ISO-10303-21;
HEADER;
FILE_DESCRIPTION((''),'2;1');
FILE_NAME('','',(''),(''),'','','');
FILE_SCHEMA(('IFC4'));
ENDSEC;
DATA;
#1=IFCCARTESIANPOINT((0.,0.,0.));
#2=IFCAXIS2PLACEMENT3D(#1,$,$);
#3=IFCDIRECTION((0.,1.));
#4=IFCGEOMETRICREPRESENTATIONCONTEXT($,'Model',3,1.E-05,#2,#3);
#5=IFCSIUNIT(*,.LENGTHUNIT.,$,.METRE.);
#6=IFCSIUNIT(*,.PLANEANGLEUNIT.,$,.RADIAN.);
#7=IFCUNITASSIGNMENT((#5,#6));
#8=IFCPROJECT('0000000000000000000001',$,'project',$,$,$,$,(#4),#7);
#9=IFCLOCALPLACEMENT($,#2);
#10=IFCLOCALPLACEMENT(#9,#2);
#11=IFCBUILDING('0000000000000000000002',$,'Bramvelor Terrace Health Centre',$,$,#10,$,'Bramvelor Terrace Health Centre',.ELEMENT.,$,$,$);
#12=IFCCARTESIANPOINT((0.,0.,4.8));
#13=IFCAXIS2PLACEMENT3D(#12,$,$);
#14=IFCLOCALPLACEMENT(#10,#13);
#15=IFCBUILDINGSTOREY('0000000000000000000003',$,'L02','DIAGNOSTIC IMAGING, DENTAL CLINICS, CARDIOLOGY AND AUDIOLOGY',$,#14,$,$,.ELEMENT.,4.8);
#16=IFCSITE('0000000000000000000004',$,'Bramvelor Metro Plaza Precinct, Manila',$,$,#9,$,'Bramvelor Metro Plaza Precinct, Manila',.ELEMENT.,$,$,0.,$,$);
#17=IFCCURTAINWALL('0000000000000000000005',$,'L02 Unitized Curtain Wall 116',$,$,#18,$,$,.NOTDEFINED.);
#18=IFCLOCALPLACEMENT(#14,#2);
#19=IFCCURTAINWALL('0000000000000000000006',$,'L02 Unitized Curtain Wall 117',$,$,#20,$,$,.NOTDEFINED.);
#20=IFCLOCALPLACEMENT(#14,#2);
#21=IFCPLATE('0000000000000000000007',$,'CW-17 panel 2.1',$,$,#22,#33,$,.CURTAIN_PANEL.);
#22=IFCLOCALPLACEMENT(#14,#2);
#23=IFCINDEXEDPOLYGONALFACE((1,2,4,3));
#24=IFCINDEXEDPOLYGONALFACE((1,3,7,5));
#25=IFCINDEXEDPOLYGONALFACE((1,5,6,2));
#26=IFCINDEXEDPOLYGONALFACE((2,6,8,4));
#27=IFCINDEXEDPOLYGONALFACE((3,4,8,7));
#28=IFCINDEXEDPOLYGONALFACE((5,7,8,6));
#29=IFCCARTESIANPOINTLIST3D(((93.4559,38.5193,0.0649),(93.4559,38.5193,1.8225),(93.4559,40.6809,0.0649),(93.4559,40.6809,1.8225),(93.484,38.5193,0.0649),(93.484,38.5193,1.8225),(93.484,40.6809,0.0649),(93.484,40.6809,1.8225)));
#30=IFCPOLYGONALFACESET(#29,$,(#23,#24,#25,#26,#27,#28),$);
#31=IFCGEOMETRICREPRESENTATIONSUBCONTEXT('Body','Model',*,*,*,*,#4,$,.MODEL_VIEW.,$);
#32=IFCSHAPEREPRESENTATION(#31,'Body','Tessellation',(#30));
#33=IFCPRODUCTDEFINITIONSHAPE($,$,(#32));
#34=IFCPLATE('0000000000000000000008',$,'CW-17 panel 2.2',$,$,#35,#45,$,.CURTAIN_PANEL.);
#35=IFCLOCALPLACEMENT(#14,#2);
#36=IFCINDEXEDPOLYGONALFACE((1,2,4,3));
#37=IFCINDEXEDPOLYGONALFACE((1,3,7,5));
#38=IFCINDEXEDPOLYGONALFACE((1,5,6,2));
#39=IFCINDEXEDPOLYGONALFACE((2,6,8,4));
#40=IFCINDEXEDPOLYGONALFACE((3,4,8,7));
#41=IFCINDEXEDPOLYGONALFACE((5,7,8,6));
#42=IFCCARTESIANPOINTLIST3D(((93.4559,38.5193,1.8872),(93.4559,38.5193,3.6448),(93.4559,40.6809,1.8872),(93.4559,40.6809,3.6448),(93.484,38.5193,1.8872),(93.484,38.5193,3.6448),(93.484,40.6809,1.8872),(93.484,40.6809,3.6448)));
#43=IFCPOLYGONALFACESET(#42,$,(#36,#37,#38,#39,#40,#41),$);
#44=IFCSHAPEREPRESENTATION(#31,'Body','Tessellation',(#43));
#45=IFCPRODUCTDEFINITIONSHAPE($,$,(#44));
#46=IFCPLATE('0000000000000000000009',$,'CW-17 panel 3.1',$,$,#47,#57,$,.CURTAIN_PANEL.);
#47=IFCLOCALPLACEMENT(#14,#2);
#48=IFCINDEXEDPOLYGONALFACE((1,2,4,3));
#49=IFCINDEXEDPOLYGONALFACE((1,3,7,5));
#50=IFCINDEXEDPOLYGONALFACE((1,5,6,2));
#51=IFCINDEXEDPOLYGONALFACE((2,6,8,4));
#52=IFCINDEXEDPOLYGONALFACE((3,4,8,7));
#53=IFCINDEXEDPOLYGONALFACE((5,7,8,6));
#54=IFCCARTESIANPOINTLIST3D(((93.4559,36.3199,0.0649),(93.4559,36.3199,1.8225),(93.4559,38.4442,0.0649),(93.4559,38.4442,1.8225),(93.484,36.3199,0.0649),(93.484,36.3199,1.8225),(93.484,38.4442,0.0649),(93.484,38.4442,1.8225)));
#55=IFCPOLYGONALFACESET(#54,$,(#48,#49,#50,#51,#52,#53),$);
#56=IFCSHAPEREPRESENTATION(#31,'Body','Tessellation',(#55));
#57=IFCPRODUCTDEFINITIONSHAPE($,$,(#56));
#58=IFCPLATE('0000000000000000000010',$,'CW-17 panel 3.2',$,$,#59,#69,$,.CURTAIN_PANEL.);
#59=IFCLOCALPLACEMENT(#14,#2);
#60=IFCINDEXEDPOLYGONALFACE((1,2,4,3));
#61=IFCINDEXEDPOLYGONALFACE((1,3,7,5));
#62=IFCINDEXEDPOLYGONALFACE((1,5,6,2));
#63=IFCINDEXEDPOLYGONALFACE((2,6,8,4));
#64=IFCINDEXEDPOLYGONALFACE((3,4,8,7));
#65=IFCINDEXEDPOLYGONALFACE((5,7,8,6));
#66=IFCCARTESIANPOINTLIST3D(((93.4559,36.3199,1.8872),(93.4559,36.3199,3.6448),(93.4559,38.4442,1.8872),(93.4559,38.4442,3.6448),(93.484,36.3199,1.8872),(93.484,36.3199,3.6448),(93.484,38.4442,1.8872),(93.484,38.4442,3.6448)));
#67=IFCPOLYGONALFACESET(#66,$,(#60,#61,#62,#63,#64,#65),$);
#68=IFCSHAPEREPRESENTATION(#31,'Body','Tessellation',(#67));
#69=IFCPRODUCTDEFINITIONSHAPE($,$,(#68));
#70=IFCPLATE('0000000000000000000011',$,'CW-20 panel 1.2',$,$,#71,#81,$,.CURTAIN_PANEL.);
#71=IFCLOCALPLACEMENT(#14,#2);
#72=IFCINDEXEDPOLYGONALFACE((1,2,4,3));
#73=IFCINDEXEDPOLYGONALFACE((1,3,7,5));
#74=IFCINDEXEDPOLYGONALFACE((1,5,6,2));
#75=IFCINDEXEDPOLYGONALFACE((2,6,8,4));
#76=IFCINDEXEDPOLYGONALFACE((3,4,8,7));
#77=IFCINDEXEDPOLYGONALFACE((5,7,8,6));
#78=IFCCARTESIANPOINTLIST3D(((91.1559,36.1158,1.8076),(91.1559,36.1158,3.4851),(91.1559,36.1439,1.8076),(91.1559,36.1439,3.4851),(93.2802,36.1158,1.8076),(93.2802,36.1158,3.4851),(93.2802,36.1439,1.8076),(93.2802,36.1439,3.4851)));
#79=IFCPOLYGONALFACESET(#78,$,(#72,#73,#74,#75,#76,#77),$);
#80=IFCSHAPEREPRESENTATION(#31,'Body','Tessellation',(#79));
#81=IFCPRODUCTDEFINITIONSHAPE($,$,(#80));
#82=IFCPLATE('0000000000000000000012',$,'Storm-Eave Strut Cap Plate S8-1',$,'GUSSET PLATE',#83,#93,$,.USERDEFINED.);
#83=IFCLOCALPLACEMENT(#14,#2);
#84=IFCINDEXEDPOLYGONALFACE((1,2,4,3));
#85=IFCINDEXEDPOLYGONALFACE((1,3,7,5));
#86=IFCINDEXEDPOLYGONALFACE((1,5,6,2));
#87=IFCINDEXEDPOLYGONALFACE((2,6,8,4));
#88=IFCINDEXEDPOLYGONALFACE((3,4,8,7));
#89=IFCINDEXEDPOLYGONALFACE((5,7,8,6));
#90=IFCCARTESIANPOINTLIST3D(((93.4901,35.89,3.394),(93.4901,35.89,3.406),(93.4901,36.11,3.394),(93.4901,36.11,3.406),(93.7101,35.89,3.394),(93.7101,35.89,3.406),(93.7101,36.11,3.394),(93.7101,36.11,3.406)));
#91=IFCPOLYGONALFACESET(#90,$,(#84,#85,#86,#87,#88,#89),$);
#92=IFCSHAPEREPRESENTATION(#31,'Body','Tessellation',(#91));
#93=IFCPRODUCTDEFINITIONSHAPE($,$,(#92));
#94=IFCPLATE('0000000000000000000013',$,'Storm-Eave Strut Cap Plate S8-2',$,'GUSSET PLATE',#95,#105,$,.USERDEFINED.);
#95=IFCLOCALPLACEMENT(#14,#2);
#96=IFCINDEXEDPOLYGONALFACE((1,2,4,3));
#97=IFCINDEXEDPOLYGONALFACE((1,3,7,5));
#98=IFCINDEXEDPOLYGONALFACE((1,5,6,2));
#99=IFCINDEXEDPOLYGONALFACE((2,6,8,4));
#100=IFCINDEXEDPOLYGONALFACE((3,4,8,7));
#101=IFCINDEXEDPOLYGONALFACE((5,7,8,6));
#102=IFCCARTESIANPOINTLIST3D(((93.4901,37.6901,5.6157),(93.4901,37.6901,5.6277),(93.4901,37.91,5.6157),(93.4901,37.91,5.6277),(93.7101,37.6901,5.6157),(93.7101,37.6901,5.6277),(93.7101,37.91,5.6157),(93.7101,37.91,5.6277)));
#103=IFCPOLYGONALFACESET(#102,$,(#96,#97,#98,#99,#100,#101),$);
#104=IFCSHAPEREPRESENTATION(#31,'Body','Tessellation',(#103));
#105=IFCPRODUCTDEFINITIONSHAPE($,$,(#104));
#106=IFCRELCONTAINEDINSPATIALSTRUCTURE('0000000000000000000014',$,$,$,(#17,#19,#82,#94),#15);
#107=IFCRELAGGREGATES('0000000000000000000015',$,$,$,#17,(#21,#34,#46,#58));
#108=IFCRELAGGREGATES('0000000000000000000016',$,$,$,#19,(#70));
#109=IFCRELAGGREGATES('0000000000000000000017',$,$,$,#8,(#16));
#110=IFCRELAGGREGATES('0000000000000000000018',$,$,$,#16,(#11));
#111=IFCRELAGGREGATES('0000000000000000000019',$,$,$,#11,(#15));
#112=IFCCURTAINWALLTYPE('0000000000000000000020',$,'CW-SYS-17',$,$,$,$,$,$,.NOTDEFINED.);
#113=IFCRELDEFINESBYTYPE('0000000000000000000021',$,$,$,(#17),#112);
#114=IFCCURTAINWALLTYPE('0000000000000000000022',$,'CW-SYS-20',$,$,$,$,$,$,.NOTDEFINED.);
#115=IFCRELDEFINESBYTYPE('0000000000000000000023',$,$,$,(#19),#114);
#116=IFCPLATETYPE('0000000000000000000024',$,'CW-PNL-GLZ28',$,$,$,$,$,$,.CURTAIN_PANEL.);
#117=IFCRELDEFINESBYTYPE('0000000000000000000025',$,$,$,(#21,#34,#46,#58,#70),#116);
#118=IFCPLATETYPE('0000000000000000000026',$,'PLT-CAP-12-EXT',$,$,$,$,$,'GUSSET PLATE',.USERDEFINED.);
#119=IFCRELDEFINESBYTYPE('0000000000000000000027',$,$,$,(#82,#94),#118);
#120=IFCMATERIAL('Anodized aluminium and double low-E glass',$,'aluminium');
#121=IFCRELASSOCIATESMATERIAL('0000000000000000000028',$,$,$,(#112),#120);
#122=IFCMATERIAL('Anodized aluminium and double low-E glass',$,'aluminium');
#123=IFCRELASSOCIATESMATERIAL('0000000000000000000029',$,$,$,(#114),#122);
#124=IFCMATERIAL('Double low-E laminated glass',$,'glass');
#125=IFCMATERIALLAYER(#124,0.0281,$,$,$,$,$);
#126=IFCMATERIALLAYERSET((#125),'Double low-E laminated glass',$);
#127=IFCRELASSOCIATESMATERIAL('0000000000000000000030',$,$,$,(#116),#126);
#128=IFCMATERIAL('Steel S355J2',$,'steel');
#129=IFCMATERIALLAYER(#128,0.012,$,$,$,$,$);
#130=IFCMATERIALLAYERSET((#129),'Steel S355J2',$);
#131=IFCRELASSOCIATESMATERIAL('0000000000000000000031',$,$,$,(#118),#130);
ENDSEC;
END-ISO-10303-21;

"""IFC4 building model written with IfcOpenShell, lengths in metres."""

from ifc_helpers import new_model, si_unit, direction, frame, origin, origin_2d, place, context, subcontext, project, spatial, rectangle, extrude, material, layer, layer_set, type_object, element, aggregate, save


model = new_model("IFC4")

# Units and contexts
model_context = context("Model", 3, precision=1e-05, world=origin(), true_north=direction((0.0, 1.0)))
body_context = subcontext(model_context, "Body", "Model", "MODEL_VIEW")
ifc_project = project(units=[si_unit("LENGTHUNIT", "METRE"), si_unit("PLANEANGLEUNIT", "RADIAN")], contexts=[model_context])

# Site, building, storey
site_placement = place(None, origin())
site = spatial("IfcSite", under=ifc_project, at=site_placement, Name="Bramvelor Metro Plaza Precinct, Manila", LongName="Bramvelor Metro Plaza Precinct, Manila", CompositionType="ELEMENT", RefElevation=0.0)
building_placement = place(site_placement, origin())
building = spatial("IfcBuilding", under=site, at=building_placement, Name="Bramvelor Terrace Health Centre", LongName="Bramvelor Terrace Health Centre", CompositionType="ELEMENT")
storey_placement = place(building_placement, frame((0.0, 0.0, 4.8)))
storey = spatial("IfcBuildingStorey", under=building, at=storey_placement, Name="L02", Description="DIAGNOSTIC IMAGING, DENTAL CLINICS, CARDIOLOGY AND AUDIOLOGY", CompositionType="ELEMENT", Elevation=4.8)

# Curtain wall
ifc_material_1 = material(Name="Anodized aluminium and double low-E glass", Category="aluminium")
curtain_wall_type_1 = type_object("IfcCurtainWallType", Name="CW-SYS-17", PredefinedType="NOTDEFINED", material=ifc_material_1)
curtain_wall_1_placement = place(storey_placement, origin())
curtain_wall_1 = element("IfcCurtainWall", 1, at=curtain_wall_1_placement, inside=storey, type_object=curtain_wall_type_1, Name="L02 Unitized Curtain Wall 116", PredefinedType="NOTDEFINED")

# Curtain wall
ifc_material_2 = material(Name="Anodized aluminium and double low-E glass", Category="aluminium")
curtain_wall_type_2 = type_object("IfcCurtainWallType", Name="CW-SYS-20", PredefinedType="NOTDEFINED", material=ifc_material_2)
curtain_wall_2_placement = place(storey_placement, origin())
curtain_wall_2 = element("IfcCurtainWall", 2, at=curtain_wall_2_placement, inside=storey, type_object=curtain_wall_type_2, Name="L02 Unitized Curtain Wall 117", PredefinedType="NOTDEFINED")

# Plates
ifc_material_3 = material(Name="Double low-E laminated glass", Category="glass")
ifc_layer_1 = layer(ifc_material_3, 0.0281)
ifc_layer_set_1 = layer_set([ifc_layer_1], Name="Double low-E laminated glass")
plate_type_1 = type_object("IfcPlateType", Name="CW-PNL-GLZ28", PredefinedType="CURTAIN_PANEL", material=ifc_layer_set_1)
plate_1_placement = place(storey_placement, frame((93.47, 39.6001, 0.0649), z_axis=(0.0, 0.0, 1.0), x_axis=(0.0, -1.0, 0.0)))
plate_1 = element("IfcPlate", 3, at=plate_1_placement, type_object=plate_type_1, Name="CW-17 panel 2.1", PredefinedType="CURTAIN_PANEL", context=body_context, shape_type="SweptSolid", body=[
    extrude(rectangle(XDim=2.1616, YDim=0.0281, at=origin_2d()), origin(), (0.0, 0.0, 1.0), 1.7576),
])
plate_2_placement = place(storey_placement, frame((93.47, 39.6001, 1.8872), z_axis=(0.0, 0.0, 1.0), x_axis=(0.0, -1.0, 0.0)))
plate_2 = element("IfcPlate", 4, at=plate_2_placement, type_object=plate_type_1, Name="CW-17 panel 2.2", PredefinedType="CURTAIN_PANEL", context=body_context, shape_type="SweptSolid", body=[
    extrude(rectangle(XDim=2.1616, YDim=0.0281, at=origin_2d()), origin(), (0.0, 0.0, 1.0), 1.7576),
])
plate_3_placement = place(storey_placement, frame((93.47, 37.3821, 0.0649), z_axis=(0.0, 0.0, 1.0), x_axis=(0.0, -1.0, 0.0)))
plate_3 = element("IfcPlate", 5, at=plate_3_placement, type_object=plate_type_1, Name="CW-17 panel 3.1", PredefinedType="CURTAIN_PANEL", context=body_context, shape_type="SweptSolid", body=[
    extrude(rectangle(XDim=2.1243, YDim=0.0281, at=origin_2d()), origin(), (0.0, 0.0, 1.0), 1.7576),
])
plate_4_placement = place(storey_placement, frame((93.47, 37.3821, 1.8872), z_axis=(0.0, 0.0, 1.0), x_axis=(0.0, -1.0, 0.0)))
plate_4 = element("IfcPlate", 6, at=plate_4_placement, type_object=plate_type_1, Name="CW-17 panel 3.2", PredefinedType="CURTAIN_PANEL", context=body_context, shape_type="SweptSolid", body=[
    extrude(rectangle(XDim=2.1243, YDim=0.0281, at=origin_2d()), origin(), (0.0, 0.0, 1.0), 1.7576),
])
aggregate(curtain_wall_1, [plate_1, plate_2, plate_3, plate_4])
plate_5_placement = place(storey_placement, frame((92.218, 36.1299, 1.8076), z_axis=(0.0, 0.0, 1.0), x_axis=(-1.0, 0.0, 0.0)))
plate_5 = element("IfcPlate", 7, at=plate_5_placement, type_object=plate_type_1, Name="CW-20 panel 1.2", PredefinedType="CURTAIN_PANEL", context=body_context, shape_type="SweptSolid", body=[
    extrude(rectangle(XDim=2.1243, YDim=0.0281, at=origin_2d()), origin(), (0.0, 0.0, 1.0), 1.6775),
])
aggregate(curtain_wall_2, [plate_5])

# Plates
ifc_material_4 = material(Name="Steel S355J2", Category="steel")
ifc_layer_2 = layer(ifc_material_4, 0.012)
ifc_layer_set_2 = layer_set([ifc_layer_2], Name="Steel S355J2")
plate_type_2 = type_object("IfcPlateType", Name="PLT-CAP-12-EXT", ElementType="GUSSET PLATE", PredefinedType="USERDEFINED", material=ifc_layer_set_2)
for number, where, z_axis, x_axis, name in (
    (8, (93.6001, 36.0, 3.394), (0.0, 0.0, 1.0), (1.0, 0.0, 0.0), "Storm-Eave Strut Cap Plate S8-1"),
    (9, (93.6001, 37.8, 5.6157), (0.0, 0.0, 1.0), (1.0, 0.0, 0.0), "Storm-Eave Strut Cap Plate S8-2"),
):
    element("IfcPlate", number, at=place(storey_placement, frame(where, z_axis=z_axis, x_axis=x_axis)), inside=storey, type_object=plate_type_2, Name=name, ObjectType="GUSSET PLATE", PredefinedType="USERDEFINED", context=body_context, shape_type="SweptSolid", body=[
        extrude(rectangle(XDim=0.22, YDim=0.22, at=origin_2d()), origin(), (0.0, 0.0, 1.0), 0.012),
    ])

save(model, "model.ifc")
